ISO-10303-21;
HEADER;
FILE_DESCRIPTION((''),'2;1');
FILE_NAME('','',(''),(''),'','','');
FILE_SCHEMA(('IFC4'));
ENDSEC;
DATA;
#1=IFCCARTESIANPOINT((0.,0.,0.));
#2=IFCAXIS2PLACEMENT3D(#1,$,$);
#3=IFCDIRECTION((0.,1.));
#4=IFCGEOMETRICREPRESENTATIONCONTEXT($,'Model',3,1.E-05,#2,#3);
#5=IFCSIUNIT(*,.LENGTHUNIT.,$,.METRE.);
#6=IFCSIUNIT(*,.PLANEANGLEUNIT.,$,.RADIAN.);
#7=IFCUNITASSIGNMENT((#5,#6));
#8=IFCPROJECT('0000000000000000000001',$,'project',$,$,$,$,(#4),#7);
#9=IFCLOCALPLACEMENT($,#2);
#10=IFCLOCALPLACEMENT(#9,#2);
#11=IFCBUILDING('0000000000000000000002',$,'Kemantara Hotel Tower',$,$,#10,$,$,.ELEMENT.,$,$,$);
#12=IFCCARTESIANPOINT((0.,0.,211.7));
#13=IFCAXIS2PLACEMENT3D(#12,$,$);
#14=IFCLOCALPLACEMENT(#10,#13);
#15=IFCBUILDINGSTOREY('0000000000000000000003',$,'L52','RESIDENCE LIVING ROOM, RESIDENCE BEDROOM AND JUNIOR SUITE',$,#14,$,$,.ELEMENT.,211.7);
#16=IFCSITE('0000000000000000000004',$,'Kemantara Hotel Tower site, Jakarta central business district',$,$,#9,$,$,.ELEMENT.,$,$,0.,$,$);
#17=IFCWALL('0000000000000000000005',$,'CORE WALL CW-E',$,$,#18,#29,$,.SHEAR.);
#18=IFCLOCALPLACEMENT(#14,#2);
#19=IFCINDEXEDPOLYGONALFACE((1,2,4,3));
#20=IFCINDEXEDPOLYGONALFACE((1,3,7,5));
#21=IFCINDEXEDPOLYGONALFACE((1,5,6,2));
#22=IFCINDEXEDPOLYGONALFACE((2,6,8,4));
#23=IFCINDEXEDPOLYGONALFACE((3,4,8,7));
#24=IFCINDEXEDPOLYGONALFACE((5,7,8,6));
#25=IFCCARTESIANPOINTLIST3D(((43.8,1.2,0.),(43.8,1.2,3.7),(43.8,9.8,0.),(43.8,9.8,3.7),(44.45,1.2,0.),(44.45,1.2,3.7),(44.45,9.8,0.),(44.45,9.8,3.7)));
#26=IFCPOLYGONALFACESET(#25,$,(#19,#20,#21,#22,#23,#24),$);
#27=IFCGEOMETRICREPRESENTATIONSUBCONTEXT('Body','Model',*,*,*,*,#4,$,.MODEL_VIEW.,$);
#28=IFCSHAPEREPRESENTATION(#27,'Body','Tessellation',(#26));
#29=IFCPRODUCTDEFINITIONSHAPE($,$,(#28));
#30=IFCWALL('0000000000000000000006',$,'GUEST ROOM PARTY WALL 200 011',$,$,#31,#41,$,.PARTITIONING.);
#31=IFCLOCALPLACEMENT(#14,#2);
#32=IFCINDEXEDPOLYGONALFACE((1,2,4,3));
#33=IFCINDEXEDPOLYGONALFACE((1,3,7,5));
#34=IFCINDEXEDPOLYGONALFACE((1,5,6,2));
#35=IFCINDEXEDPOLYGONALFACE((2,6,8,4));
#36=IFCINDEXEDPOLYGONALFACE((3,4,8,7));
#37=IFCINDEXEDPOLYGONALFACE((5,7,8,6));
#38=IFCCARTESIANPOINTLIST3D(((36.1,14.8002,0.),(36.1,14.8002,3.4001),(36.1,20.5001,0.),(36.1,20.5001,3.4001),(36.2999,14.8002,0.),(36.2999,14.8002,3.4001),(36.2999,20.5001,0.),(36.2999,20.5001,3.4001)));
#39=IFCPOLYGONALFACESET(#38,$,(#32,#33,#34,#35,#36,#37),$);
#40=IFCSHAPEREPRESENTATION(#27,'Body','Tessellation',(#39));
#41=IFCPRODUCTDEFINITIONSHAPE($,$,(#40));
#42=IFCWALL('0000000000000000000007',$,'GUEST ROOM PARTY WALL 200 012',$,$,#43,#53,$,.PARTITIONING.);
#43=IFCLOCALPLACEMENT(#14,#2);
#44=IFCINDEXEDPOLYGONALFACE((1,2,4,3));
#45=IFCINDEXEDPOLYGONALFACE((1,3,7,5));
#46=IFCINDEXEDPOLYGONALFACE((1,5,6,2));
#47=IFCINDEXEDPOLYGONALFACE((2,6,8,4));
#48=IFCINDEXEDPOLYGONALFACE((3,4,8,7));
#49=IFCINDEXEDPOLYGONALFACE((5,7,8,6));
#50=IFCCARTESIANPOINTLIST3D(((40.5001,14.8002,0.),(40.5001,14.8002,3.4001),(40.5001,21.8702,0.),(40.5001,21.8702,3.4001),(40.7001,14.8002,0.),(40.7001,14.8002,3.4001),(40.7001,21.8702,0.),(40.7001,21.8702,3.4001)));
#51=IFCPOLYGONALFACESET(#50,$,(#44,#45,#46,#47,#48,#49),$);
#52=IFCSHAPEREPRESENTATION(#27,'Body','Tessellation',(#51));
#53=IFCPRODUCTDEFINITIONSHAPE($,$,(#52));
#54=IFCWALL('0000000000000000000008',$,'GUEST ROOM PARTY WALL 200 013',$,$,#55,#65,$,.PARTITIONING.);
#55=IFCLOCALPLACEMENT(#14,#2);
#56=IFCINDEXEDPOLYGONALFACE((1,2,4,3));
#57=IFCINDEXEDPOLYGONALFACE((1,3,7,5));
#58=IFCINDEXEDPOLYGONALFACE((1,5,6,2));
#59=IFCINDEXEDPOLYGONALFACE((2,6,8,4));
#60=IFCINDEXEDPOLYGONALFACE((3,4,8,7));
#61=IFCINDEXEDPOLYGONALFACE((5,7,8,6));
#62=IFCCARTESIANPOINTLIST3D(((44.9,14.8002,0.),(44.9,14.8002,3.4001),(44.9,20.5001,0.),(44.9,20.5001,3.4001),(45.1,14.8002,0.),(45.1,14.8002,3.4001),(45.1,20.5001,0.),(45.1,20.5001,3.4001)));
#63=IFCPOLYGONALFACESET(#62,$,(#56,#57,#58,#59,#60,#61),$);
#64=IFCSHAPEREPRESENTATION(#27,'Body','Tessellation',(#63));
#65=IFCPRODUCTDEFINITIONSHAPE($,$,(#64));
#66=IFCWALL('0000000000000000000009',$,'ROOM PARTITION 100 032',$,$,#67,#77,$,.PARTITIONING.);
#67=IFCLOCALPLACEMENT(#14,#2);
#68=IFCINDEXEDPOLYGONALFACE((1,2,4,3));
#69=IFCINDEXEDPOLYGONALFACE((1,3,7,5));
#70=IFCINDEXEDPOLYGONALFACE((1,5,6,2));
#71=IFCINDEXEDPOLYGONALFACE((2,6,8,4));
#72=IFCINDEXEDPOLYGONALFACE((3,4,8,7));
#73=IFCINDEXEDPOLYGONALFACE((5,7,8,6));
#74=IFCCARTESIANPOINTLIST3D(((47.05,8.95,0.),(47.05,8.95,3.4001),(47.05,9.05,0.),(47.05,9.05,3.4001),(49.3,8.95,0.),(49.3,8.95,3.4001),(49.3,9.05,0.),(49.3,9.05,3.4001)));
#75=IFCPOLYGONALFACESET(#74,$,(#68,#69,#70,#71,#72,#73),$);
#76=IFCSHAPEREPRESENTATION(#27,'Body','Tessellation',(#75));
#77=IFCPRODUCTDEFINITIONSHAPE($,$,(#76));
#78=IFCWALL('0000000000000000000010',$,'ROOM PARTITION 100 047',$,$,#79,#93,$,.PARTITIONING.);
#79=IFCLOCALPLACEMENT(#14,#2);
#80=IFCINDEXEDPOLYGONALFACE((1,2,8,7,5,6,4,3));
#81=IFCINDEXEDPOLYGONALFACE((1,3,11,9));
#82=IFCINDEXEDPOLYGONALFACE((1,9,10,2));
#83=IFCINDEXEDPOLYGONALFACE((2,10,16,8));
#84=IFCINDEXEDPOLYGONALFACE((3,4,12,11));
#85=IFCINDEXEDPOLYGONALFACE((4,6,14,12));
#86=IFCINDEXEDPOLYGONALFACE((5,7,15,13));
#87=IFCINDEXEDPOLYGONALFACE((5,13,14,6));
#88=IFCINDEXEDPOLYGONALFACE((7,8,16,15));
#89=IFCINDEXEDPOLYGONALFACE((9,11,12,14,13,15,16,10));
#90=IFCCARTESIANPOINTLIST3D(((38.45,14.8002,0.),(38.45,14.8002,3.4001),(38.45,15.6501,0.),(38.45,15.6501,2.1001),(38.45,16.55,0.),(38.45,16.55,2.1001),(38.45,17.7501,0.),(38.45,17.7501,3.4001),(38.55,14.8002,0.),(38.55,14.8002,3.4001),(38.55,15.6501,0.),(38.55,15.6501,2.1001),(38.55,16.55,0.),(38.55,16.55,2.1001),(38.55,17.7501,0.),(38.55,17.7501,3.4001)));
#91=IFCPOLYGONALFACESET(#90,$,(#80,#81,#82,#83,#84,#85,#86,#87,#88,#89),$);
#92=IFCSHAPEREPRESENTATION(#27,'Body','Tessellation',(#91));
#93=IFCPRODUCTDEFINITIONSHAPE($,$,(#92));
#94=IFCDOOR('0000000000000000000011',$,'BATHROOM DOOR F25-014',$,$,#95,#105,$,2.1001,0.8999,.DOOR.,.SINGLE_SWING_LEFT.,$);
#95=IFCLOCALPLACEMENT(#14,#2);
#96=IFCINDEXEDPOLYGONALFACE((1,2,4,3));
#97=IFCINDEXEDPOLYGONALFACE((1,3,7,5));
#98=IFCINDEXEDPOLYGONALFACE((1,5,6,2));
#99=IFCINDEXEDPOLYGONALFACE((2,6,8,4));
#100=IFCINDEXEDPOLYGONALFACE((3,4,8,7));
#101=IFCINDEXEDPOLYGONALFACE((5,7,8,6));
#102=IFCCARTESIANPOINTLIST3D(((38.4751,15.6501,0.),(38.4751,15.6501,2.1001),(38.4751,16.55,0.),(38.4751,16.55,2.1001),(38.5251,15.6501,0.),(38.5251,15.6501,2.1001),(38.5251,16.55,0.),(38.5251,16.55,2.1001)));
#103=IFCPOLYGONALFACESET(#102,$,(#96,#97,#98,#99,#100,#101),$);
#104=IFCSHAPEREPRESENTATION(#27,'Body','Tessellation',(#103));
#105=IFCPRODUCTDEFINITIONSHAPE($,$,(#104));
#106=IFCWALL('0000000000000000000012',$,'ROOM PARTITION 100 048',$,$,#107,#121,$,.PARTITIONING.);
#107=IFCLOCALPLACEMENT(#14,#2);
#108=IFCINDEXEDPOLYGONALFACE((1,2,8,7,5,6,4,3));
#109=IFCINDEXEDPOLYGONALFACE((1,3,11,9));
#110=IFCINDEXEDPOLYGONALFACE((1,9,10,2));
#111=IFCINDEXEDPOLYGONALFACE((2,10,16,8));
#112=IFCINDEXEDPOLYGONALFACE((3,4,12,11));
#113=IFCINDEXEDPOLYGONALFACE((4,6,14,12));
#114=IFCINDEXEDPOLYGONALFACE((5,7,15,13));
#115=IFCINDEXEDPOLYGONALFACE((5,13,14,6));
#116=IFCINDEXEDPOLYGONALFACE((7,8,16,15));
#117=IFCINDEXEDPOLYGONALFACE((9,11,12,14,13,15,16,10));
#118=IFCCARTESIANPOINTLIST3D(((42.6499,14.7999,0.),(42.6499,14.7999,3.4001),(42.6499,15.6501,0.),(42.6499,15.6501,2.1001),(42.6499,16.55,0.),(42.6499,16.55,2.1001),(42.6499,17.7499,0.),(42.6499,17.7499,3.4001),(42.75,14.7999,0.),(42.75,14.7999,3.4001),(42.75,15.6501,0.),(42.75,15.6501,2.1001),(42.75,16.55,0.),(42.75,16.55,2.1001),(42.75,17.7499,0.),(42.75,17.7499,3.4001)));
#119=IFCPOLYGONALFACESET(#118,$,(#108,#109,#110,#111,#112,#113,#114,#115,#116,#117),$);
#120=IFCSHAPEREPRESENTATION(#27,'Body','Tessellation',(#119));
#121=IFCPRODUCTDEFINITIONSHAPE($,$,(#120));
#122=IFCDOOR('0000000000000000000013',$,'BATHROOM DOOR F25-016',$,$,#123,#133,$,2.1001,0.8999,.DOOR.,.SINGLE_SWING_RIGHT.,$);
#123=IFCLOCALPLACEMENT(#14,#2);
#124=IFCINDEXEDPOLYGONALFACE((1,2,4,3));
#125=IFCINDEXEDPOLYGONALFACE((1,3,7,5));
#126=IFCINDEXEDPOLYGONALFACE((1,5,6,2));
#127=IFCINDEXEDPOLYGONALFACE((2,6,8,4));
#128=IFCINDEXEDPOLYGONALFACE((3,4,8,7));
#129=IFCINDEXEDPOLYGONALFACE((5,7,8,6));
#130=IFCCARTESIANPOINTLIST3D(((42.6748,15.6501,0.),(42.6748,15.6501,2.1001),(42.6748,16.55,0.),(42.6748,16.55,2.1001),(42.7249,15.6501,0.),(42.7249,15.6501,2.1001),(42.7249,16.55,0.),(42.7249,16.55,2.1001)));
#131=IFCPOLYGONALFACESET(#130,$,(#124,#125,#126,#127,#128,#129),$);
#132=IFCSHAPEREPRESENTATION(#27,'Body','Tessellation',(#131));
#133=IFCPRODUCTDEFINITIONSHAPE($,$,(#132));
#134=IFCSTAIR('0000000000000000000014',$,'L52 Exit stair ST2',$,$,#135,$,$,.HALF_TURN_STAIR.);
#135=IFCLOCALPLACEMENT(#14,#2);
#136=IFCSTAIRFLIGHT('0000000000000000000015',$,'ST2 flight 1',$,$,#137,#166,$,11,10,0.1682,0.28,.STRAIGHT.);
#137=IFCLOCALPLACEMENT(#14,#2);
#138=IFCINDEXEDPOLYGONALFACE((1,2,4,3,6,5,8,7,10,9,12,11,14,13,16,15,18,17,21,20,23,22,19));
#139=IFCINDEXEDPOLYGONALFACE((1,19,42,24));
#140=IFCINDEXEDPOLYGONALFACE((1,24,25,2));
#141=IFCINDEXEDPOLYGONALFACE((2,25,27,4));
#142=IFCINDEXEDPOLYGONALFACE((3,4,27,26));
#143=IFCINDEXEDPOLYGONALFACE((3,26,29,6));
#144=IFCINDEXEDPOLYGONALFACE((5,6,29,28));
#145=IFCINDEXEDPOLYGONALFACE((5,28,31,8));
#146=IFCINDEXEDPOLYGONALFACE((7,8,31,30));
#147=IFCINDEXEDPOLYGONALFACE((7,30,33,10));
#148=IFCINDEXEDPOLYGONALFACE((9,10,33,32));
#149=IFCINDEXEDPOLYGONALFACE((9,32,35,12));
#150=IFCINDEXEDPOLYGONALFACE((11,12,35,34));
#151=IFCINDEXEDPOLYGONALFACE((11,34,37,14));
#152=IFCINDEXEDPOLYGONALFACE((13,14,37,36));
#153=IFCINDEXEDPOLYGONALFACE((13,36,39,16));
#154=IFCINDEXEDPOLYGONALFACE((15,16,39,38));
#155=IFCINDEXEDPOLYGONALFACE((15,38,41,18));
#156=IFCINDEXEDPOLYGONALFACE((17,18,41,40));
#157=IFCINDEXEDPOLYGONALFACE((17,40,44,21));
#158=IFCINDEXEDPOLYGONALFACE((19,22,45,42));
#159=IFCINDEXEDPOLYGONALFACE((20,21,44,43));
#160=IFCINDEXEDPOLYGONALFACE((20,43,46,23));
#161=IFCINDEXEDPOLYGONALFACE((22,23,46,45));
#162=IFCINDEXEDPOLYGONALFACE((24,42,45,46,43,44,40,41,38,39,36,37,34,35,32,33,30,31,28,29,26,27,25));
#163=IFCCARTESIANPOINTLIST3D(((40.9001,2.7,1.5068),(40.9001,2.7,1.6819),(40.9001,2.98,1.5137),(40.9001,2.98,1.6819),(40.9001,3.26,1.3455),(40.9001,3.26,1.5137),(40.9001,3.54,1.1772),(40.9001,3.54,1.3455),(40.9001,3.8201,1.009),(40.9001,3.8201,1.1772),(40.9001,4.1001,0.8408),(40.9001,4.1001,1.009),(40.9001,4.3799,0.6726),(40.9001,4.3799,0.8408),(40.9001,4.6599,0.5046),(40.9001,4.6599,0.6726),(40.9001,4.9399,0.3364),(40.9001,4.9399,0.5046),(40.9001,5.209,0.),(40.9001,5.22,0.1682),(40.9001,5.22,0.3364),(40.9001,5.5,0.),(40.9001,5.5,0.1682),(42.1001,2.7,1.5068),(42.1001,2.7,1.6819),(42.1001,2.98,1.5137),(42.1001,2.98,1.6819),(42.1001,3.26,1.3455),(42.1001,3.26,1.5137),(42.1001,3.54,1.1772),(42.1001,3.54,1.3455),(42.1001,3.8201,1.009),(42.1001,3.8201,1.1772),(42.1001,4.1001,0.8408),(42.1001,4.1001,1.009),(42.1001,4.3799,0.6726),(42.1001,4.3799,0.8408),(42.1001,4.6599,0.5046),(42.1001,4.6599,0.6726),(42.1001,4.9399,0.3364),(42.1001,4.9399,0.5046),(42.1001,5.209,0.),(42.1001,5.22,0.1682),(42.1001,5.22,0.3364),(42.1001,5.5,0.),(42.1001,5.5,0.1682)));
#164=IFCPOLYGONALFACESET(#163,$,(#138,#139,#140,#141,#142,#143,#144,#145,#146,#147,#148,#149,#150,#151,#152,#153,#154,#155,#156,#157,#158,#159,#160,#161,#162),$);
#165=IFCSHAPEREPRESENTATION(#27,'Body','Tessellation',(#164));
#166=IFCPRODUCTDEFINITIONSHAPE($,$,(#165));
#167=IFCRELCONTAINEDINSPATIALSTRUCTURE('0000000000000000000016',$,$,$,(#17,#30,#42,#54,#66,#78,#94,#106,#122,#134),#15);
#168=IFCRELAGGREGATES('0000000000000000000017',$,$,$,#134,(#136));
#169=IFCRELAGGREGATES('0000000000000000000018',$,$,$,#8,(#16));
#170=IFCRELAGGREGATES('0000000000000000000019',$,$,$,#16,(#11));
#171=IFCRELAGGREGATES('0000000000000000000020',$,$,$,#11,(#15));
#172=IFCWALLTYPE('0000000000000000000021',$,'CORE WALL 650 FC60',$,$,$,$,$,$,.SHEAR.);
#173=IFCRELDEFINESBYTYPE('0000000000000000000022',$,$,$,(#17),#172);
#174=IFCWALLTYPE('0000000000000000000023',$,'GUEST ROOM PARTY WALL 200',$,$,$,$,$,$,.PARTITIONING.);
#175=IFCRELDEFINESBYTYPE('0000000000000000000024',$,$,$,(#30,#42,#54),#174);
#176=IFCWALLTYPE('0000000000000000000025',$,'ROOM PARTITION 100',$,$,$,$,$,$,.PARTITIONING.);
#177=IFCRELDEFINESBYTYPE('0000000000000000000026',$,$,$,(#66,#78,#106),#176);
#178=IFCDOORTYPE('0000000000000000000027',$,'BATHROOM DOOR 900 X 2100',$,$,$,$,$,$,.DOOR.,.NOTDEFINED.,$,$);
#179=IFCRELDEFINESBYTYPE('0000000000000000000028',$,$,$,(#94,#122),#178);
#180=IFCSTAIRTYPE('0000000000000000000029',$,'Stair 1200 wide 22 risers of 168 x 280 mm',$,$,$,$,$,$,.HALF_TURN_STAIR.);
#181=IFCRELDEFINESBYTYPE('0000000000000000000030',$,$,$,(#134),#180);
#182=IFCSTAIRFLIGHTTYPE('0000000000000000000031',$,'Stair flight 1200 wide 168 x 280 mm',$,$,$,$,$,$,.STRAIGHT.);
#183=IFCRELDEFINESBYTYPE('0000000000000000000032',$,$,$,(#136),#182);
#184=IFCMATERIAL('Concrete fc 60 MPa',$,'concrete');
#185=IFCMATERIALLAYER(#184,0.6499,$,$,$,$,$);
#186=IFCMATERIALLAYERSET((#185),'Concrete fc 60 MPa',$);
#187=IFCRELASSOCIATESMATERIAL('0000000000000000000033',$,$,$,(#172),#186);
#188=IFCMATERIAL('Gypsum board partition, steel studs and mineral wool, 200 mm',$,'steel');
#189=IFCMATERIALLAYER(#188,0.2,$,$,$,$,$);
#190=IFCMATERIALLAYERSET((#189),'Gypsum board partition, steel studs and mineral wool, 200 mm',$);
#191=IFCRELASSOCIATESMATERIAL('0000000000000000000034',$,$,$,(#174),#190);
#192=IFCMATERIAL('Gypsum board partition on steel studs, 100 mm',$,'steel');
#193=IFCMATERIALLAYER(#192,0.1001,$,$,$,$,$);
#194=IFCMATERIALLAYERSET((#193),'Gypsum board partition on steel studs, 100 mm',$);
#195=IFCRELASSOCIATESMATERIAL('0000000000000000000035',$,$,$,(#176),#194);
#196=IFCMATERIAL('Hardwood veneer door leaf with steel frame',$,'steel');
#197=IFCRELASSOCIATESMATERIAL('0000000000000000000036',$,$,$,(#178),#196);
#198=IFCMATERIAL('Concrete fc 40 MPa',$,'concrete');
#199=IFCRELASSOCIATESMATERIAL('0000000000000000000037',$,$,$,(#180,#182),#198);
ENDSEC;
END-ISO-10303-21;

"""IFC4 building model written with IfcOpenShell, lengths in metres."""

from ifc_helpers import new_model, si_unit, direction, frame, frame_2d, origin, place, context, subcontext, project, spatial, polyline, rectangle, outline, extrude, material, layer, layer_set, type_object, element, fill, aggregate, save


model = new_model("IFC4")

# Units and contexts
model_context = context("Model", 3, precision=1e-05, world=origin(), true_north=direction((0.0, 1.0)))
body_context = subcontext(model_context, "Body", "Model", "MODEL_VIEW")
ifc_project = project(units=[si_unit("LENGTHUNIT", "METRE"), si_unit("PLANEANGLEUNIT", "RADIAN")], contexts=[model_context])

# Site, building, storey
site_placement = place(None, origin())
site = spatial("IfcSite", under=ifc_project, at=site_placement, Name="Kemantara Hotel Tower site, Jakarta central business district", CompositionType="ELEMENT", RefElevation=0.0)
building_placement = place(site_placement, origin())
building = spatial("IfcBuilding", under=site, at=building_placement, Name="Kemantara Hotel Tower", CompositionType="ELEMENT")
storey_placement = place(building_placement, frame((0.0, 0.0, 211.7)))
storey = spatial("IfcBuildingStorey", under=building, at=storey_placement, Name="L52", Description="RESIDENCE LIVING ROOM, RESIDENCE BEDROOM AND JUNIOR SUITE", CompositionType="ELEMENT", Elevation=211.7)

# Shared definitions
ifc_material_1 = material(Name="Concrete fc 60 MPa", Category="concrete")

# Walls
ifc_layer_1 = layer(ifc_material_1, 0.6499)
ifc_layer_set_1 = layer_set([ifc_layer_1], Name="Concrete fc 60 MPa")
wall_type_1 = type_object("IfcWallType", Name="CORE WALL 650 FC60", PredefinedType="SHEAR", material=ifc_layer_set_1)
wall_1_placement = place(storey_placement, frame((44.125, 1.2, 0.0), z_axis=(0.0, 0.0, 1.0), x_axis=(0.0, 1.0, 0.0)))
element("IfcWall", 1, at=wall_1_placement, inside=storey, type_object=wall_type_1, Name="CORE WALL CW-E", PredefinedType="SHEAR", context=body_context, shape_type="SweptSolid", body=[
    extrude(rectangle(XDim=8.6001, YDim=0.6499, at=frame_2d((4.3, 0.0))), origin(), (0.0, 0.0, 1.0), 3.7),
])
ifc_material_2 = material(Name="Gypsum board partition, steel studs and mineral wool, 200 mm", Category="steel")
ifc_layer_2 = layer(ifc_material_2, 0.2)
ifc_layer_set_2 = layer_set([ifc_layer_2], Name="Gypsum board partition, steel studs and mineral wool, 200 mm")
wall_type_2 = type_object("IfcWallType", Name="GUEST ROOM PARTY WALL 200", PredefinedType="PARTITIONING", material=ifc_layer_set_2)
wall_2_placement = place(storey_placement, frame((36.2, 14.8, 0.0), z_axis=(0.0, 0.0, 1.0), x_axis=(0.0, 1.0, 0.0)))
element("IfcWall", 2, at=wall_2_placement, inside=storey, type_object=wall_type_2, Name="GUEST ROOM PARTY WALL 200 011", PredefinedType="PARTITIONING", context=body_context, shape_type="SweptSolid", body=[
    extrude(rectangle(XDim=5.7, YDim=0.2, at=frame_2d((2.8501, 0.0))), origin(), (0.0, 0.0, 1.0), 3.4001),
])
wall_3_placement = place(storey_placement, frame((40.6001, 14.8, 0.0), z_axis=(0.0, 0.0, 1.0), x_axis=(0.0, 1.0, 0.0)))
element("IfcWall", 3, at=wall_3_placement, inside=storey, type_object=wall_type_2, Name="GUEST ROOM PARTY WALL 200 012", PredefinedType="PARTITIONING", context=body_context, shape_type="SweptSolid", body=[
    extrude(rectangle(XDim=7.0701, YDim=0.2, at=frame_2d((3.5352, 0.0))), origin(), (0.0, 0.0, 1.0), 3.4001),
])
wall_4_placement = place(storey_placement, frame((45.0, 14.8, 0.0), z_axis=(0.0, 0.0, 1.0), x_axis=(0.0, 1.0, 0.0)))
element("IfcWall", 4, at=wall_4_placement, inside=storey, type_object=wall_type_2, Name="GUEST ROOM PARTY WALL 200 013", PredefinedType="PARTITIONING", context=body_context, shape_type="SweptSolid", body=[
    extrude(rectangle(XDim=5.7, YDim=0.2, at=frame_2d((2.8501, 0.0))), origin(), (0.0, 0.0, 1.0), 3.4001),
])
ifc_material_3 = material(Name="Gypsum board partition on steel studs, 100 mm", Category="steel")
ifc_layer_3 = layer(ifc_material_3, 0.1001)
ifc_layer_set_3 = layer_set([ifc_layer_3], Name="Gypsum board partition on steel studs, 100 mm")
wall_type_3 = type_object("IfcWallType", Name="ROOM PARTITION 100", PredefinedType="PARTITIONING", material=ifc_layer_set_3)
wall_5_placement = place(storey_placement, frame((47.05, 9.0, 0.0), z_axis=(0.0, 0.0, 1.0), x_axis=(1.0, 0.0, 0.0)))
element("IfcWall", 5, at=wall_5_placement, inside=storey, type_object=wall_type_3, Name="ROOM PARTITION 100 032", PredefinedType="PARTITIONING", context=body_context, shape_type="SweptSolid", body=[
    extrude(rectangle(XDim=2.25, YDim=0.1001, at=frame_2d((1.125, 0.0))), origin(), (0.0, 0.0, 1.0), 3.4001),
])

# Walls, openings, doors
wall_6_placement = place(storey_placement, frame((38.5, 14.8, 0.0), z_axis=(0.0, 0.0, 1.0), x_axis=(0.0, 1.0, 0.0)))
wall_6 = element("IfcWall", 6, at=wall_6_placement, inside=storey, type_object=wall_type_3, Name="ROOM PARTITION 100 047", PredefinedType="PARTITIONING", context=body_context, shape_type="SweptSolid", body=[
    extrude(rectangle(XDim=2.95, YDim=0.1001, at=frame_2d((1.4751, 0.0))), origin(), (0.0, 0.0, 1.0), 3.4001),
])
opening_1_placement = place(wall_6_placement, frame((0.8501, 0.0, 0.0)))
opening_1 = element("IfcOpeningElement", 7, at=opening_1_placement, cuts=wall_6, PredefinedType="OPENING", context=body_context, shape_type="SweptSolid", body=[
    extrude(rectangle(XDim=0.8999, YDim=2.1001, at=frame_2d((0.45, 1.05))), frame((0.0, 0.0601, 0.0), z_axis=(0.0, -1.0, 0.0), x_axis=(1.0, 0.0, 0.0)), (0.0, 0.0, 1.0), 0.1201),
])
ifc_material_4 = material(Name="Hardwood veneer door leaf with steel frame", Category="steel")
door_type_1 = type_object("IfcDoorType", Name="BATHROOM DOOR 900 X 2100", OperationType="NOTDEFINED", PredefinedType="DOOR", material=ifc_material_4)
door_1_placement = place(opening_1_placement, origin())
door_1 = element("IfcDoor", 8, at=door_1_placement, inside=storey, type_object=door_type_1, Name="BATHROOM DOOR F25-014", OperationType="SINGLE_SWING_LEFT", OverallHeight=2.1001, OverallWidth=0.8999, PredefinedType="DOOR", context=body_context, shape_type="SweptSolid", body=[
    extrude(rectangle(XDim=0.8999, YDim=2.1001, at=frame_2d((0.45, 1.05))), frame((0.0, 0.0249, 0.0), z_axis=(0.0, -1.0, 0.0), x_axis=(1.0, 0.0, 0.0)), (0.0, 0.0, 1.0), 0.05),
])
fill(opening_1, door_1)
wall_7_placement = place(storey_placement, frame((42.7, 17.75, 0.0), z_axis=(0.0, 0.0, 1.0), x_axis=(0.0, -1.0, 0.0)))
wall_7 = element("IfcWall", 9, at=wall_7_placement, inside=storey, type_object=wall_type_3, Name="ROOM PARTITION 100 048", PredefinedType="PARTITIONING", context=body_context, shape_type="SweptSolid", body=[
    extrude(rectangle(XDim=2.95, YDim=0.1001, at=frame_2d((1.4751, 0.0))), origin(), (0.0, 0.0, 1.0), 3.4001),
])
opening_2_placement = place(wall_7_placement, frame((1.2, 0.0, 0.0)))
opening_2 = element("IfcOpeningElement", 10, at=opening_2_placement, cuts=wall_7, PredefinedType="OPENING", context=body_context, shape_type="SweptSolid", body=[
    extrude(rectangle(XDim=0.8999, YDim=2.1001, at=frame_2d((0.45, 1.05))), frame((0.0, 0.0601, 0.0), z_axis=(0.0, -1.0, 0.0), x_axis=(1.0, 0.0, 0.0)), (0.0, 0.0, 1.0), 0.1201),
])
door_2_placement = place(opening_2_placement, origin())
door_2 = element("IfcDoor", 11, at=door_2_placement, inside=storey, type_object=door_type_1, Name="BATHROOM DOOR F25-016", OperationType="SINGLE_SWING_RIGHT", OverallHeight=2.1001, OverallWidth=0.8999, PredefinedType="DOOR", context=body_context, shape_type="SweptSolid", body=[
    extrude(rectangle(XDim=0.8999, YDim=2.1001, at=frame_2d((0.45, 1.05))), frame((0.0, 0.0249, 0.0), z_axis=(0.0, -1.0, 0.0), x_axis=(1.0, 0.0, 0.0)), (0.0, 0.0, 1.0), 0.05),
])
fill(opening_2, door_2)

# Stair, stair flight
ifc_material_5 = material(Name="Concrete fc 40 MPa", Category="concrete")
stair_type = type_object("IfcStairType", Name="Stair 1200 wide 22 risers of 168 x 280 mm", PredefinedType="HALF_TURN_STAIR", material=ifc_material_5)
stair_placement = place(storey_placement, origin())
stair = element("IfcStair", 12, at=stair_placement, inside=storey, type_object=stair_type, Name="L52 Exit stair ST2", PredefinedType="HALF_TURN_STAIR")
stair_flight_type = type_object("IfcStairFlightType", Name="Stair flight 1200 wide 168 x 280 mm", PredefinedType="STRAIGHT", material=ifc_material_5)
stair_flight_1_placement = place(storey_placement, frame((41.5, 5.5, 0.0), z_axis=(0.0, 0.0, 1.0), x_axis=(0.0, -1.0, 0.0)))
stair_flight_1 = element("IfcStairFlight", 13, at=stair_flight_1_placement, type_object=stair_flight_type, Name="ST2 flight 1", NumberOfRisers=11, NumberOfTreads=10, PredefinedType="STRAIGHT", RiserHeight=0.1682, TreadLength=0.28, context=body_context, shape_type="SweptSolid", body=[
    extrude(outline(polyline([(0.0, 0.0), (0.0, 0.1682), (0.28, 0.1682), (0.28, 0.3364), (0.5601, 0.3364), (0.5601, 0.5046), (0.8401, 0.5046), (0.8401, 0.6726), (1.1201, 0.6726), (1.1201, 0.8408), (1.3999, 0.8408), (1.3999, 1.009), (1.6799, 1.009), (1.6799, 1.1772), (1.96, 1.1772), (1.96, 1.3455), (2.24, 1.3455), (2.24, 1.5137), (2.52, 1.5137), (2.52, 1.6819), (2.8, 1.6819), (2.8, 1.8501), (2.8, 1.5068), (0.291, 0.0), (0.0, 0.0)])), frame((0.0, 0.6001, 0.0), z_axis=(0.0, -1.0, 0.0), x_axis=(1.0, 0.0, 0.0)), (0.0, 0.0, 1.0), 1.2),
])
aggregate(stair, [stair_flight_1])

save(model, "model.ifc")
